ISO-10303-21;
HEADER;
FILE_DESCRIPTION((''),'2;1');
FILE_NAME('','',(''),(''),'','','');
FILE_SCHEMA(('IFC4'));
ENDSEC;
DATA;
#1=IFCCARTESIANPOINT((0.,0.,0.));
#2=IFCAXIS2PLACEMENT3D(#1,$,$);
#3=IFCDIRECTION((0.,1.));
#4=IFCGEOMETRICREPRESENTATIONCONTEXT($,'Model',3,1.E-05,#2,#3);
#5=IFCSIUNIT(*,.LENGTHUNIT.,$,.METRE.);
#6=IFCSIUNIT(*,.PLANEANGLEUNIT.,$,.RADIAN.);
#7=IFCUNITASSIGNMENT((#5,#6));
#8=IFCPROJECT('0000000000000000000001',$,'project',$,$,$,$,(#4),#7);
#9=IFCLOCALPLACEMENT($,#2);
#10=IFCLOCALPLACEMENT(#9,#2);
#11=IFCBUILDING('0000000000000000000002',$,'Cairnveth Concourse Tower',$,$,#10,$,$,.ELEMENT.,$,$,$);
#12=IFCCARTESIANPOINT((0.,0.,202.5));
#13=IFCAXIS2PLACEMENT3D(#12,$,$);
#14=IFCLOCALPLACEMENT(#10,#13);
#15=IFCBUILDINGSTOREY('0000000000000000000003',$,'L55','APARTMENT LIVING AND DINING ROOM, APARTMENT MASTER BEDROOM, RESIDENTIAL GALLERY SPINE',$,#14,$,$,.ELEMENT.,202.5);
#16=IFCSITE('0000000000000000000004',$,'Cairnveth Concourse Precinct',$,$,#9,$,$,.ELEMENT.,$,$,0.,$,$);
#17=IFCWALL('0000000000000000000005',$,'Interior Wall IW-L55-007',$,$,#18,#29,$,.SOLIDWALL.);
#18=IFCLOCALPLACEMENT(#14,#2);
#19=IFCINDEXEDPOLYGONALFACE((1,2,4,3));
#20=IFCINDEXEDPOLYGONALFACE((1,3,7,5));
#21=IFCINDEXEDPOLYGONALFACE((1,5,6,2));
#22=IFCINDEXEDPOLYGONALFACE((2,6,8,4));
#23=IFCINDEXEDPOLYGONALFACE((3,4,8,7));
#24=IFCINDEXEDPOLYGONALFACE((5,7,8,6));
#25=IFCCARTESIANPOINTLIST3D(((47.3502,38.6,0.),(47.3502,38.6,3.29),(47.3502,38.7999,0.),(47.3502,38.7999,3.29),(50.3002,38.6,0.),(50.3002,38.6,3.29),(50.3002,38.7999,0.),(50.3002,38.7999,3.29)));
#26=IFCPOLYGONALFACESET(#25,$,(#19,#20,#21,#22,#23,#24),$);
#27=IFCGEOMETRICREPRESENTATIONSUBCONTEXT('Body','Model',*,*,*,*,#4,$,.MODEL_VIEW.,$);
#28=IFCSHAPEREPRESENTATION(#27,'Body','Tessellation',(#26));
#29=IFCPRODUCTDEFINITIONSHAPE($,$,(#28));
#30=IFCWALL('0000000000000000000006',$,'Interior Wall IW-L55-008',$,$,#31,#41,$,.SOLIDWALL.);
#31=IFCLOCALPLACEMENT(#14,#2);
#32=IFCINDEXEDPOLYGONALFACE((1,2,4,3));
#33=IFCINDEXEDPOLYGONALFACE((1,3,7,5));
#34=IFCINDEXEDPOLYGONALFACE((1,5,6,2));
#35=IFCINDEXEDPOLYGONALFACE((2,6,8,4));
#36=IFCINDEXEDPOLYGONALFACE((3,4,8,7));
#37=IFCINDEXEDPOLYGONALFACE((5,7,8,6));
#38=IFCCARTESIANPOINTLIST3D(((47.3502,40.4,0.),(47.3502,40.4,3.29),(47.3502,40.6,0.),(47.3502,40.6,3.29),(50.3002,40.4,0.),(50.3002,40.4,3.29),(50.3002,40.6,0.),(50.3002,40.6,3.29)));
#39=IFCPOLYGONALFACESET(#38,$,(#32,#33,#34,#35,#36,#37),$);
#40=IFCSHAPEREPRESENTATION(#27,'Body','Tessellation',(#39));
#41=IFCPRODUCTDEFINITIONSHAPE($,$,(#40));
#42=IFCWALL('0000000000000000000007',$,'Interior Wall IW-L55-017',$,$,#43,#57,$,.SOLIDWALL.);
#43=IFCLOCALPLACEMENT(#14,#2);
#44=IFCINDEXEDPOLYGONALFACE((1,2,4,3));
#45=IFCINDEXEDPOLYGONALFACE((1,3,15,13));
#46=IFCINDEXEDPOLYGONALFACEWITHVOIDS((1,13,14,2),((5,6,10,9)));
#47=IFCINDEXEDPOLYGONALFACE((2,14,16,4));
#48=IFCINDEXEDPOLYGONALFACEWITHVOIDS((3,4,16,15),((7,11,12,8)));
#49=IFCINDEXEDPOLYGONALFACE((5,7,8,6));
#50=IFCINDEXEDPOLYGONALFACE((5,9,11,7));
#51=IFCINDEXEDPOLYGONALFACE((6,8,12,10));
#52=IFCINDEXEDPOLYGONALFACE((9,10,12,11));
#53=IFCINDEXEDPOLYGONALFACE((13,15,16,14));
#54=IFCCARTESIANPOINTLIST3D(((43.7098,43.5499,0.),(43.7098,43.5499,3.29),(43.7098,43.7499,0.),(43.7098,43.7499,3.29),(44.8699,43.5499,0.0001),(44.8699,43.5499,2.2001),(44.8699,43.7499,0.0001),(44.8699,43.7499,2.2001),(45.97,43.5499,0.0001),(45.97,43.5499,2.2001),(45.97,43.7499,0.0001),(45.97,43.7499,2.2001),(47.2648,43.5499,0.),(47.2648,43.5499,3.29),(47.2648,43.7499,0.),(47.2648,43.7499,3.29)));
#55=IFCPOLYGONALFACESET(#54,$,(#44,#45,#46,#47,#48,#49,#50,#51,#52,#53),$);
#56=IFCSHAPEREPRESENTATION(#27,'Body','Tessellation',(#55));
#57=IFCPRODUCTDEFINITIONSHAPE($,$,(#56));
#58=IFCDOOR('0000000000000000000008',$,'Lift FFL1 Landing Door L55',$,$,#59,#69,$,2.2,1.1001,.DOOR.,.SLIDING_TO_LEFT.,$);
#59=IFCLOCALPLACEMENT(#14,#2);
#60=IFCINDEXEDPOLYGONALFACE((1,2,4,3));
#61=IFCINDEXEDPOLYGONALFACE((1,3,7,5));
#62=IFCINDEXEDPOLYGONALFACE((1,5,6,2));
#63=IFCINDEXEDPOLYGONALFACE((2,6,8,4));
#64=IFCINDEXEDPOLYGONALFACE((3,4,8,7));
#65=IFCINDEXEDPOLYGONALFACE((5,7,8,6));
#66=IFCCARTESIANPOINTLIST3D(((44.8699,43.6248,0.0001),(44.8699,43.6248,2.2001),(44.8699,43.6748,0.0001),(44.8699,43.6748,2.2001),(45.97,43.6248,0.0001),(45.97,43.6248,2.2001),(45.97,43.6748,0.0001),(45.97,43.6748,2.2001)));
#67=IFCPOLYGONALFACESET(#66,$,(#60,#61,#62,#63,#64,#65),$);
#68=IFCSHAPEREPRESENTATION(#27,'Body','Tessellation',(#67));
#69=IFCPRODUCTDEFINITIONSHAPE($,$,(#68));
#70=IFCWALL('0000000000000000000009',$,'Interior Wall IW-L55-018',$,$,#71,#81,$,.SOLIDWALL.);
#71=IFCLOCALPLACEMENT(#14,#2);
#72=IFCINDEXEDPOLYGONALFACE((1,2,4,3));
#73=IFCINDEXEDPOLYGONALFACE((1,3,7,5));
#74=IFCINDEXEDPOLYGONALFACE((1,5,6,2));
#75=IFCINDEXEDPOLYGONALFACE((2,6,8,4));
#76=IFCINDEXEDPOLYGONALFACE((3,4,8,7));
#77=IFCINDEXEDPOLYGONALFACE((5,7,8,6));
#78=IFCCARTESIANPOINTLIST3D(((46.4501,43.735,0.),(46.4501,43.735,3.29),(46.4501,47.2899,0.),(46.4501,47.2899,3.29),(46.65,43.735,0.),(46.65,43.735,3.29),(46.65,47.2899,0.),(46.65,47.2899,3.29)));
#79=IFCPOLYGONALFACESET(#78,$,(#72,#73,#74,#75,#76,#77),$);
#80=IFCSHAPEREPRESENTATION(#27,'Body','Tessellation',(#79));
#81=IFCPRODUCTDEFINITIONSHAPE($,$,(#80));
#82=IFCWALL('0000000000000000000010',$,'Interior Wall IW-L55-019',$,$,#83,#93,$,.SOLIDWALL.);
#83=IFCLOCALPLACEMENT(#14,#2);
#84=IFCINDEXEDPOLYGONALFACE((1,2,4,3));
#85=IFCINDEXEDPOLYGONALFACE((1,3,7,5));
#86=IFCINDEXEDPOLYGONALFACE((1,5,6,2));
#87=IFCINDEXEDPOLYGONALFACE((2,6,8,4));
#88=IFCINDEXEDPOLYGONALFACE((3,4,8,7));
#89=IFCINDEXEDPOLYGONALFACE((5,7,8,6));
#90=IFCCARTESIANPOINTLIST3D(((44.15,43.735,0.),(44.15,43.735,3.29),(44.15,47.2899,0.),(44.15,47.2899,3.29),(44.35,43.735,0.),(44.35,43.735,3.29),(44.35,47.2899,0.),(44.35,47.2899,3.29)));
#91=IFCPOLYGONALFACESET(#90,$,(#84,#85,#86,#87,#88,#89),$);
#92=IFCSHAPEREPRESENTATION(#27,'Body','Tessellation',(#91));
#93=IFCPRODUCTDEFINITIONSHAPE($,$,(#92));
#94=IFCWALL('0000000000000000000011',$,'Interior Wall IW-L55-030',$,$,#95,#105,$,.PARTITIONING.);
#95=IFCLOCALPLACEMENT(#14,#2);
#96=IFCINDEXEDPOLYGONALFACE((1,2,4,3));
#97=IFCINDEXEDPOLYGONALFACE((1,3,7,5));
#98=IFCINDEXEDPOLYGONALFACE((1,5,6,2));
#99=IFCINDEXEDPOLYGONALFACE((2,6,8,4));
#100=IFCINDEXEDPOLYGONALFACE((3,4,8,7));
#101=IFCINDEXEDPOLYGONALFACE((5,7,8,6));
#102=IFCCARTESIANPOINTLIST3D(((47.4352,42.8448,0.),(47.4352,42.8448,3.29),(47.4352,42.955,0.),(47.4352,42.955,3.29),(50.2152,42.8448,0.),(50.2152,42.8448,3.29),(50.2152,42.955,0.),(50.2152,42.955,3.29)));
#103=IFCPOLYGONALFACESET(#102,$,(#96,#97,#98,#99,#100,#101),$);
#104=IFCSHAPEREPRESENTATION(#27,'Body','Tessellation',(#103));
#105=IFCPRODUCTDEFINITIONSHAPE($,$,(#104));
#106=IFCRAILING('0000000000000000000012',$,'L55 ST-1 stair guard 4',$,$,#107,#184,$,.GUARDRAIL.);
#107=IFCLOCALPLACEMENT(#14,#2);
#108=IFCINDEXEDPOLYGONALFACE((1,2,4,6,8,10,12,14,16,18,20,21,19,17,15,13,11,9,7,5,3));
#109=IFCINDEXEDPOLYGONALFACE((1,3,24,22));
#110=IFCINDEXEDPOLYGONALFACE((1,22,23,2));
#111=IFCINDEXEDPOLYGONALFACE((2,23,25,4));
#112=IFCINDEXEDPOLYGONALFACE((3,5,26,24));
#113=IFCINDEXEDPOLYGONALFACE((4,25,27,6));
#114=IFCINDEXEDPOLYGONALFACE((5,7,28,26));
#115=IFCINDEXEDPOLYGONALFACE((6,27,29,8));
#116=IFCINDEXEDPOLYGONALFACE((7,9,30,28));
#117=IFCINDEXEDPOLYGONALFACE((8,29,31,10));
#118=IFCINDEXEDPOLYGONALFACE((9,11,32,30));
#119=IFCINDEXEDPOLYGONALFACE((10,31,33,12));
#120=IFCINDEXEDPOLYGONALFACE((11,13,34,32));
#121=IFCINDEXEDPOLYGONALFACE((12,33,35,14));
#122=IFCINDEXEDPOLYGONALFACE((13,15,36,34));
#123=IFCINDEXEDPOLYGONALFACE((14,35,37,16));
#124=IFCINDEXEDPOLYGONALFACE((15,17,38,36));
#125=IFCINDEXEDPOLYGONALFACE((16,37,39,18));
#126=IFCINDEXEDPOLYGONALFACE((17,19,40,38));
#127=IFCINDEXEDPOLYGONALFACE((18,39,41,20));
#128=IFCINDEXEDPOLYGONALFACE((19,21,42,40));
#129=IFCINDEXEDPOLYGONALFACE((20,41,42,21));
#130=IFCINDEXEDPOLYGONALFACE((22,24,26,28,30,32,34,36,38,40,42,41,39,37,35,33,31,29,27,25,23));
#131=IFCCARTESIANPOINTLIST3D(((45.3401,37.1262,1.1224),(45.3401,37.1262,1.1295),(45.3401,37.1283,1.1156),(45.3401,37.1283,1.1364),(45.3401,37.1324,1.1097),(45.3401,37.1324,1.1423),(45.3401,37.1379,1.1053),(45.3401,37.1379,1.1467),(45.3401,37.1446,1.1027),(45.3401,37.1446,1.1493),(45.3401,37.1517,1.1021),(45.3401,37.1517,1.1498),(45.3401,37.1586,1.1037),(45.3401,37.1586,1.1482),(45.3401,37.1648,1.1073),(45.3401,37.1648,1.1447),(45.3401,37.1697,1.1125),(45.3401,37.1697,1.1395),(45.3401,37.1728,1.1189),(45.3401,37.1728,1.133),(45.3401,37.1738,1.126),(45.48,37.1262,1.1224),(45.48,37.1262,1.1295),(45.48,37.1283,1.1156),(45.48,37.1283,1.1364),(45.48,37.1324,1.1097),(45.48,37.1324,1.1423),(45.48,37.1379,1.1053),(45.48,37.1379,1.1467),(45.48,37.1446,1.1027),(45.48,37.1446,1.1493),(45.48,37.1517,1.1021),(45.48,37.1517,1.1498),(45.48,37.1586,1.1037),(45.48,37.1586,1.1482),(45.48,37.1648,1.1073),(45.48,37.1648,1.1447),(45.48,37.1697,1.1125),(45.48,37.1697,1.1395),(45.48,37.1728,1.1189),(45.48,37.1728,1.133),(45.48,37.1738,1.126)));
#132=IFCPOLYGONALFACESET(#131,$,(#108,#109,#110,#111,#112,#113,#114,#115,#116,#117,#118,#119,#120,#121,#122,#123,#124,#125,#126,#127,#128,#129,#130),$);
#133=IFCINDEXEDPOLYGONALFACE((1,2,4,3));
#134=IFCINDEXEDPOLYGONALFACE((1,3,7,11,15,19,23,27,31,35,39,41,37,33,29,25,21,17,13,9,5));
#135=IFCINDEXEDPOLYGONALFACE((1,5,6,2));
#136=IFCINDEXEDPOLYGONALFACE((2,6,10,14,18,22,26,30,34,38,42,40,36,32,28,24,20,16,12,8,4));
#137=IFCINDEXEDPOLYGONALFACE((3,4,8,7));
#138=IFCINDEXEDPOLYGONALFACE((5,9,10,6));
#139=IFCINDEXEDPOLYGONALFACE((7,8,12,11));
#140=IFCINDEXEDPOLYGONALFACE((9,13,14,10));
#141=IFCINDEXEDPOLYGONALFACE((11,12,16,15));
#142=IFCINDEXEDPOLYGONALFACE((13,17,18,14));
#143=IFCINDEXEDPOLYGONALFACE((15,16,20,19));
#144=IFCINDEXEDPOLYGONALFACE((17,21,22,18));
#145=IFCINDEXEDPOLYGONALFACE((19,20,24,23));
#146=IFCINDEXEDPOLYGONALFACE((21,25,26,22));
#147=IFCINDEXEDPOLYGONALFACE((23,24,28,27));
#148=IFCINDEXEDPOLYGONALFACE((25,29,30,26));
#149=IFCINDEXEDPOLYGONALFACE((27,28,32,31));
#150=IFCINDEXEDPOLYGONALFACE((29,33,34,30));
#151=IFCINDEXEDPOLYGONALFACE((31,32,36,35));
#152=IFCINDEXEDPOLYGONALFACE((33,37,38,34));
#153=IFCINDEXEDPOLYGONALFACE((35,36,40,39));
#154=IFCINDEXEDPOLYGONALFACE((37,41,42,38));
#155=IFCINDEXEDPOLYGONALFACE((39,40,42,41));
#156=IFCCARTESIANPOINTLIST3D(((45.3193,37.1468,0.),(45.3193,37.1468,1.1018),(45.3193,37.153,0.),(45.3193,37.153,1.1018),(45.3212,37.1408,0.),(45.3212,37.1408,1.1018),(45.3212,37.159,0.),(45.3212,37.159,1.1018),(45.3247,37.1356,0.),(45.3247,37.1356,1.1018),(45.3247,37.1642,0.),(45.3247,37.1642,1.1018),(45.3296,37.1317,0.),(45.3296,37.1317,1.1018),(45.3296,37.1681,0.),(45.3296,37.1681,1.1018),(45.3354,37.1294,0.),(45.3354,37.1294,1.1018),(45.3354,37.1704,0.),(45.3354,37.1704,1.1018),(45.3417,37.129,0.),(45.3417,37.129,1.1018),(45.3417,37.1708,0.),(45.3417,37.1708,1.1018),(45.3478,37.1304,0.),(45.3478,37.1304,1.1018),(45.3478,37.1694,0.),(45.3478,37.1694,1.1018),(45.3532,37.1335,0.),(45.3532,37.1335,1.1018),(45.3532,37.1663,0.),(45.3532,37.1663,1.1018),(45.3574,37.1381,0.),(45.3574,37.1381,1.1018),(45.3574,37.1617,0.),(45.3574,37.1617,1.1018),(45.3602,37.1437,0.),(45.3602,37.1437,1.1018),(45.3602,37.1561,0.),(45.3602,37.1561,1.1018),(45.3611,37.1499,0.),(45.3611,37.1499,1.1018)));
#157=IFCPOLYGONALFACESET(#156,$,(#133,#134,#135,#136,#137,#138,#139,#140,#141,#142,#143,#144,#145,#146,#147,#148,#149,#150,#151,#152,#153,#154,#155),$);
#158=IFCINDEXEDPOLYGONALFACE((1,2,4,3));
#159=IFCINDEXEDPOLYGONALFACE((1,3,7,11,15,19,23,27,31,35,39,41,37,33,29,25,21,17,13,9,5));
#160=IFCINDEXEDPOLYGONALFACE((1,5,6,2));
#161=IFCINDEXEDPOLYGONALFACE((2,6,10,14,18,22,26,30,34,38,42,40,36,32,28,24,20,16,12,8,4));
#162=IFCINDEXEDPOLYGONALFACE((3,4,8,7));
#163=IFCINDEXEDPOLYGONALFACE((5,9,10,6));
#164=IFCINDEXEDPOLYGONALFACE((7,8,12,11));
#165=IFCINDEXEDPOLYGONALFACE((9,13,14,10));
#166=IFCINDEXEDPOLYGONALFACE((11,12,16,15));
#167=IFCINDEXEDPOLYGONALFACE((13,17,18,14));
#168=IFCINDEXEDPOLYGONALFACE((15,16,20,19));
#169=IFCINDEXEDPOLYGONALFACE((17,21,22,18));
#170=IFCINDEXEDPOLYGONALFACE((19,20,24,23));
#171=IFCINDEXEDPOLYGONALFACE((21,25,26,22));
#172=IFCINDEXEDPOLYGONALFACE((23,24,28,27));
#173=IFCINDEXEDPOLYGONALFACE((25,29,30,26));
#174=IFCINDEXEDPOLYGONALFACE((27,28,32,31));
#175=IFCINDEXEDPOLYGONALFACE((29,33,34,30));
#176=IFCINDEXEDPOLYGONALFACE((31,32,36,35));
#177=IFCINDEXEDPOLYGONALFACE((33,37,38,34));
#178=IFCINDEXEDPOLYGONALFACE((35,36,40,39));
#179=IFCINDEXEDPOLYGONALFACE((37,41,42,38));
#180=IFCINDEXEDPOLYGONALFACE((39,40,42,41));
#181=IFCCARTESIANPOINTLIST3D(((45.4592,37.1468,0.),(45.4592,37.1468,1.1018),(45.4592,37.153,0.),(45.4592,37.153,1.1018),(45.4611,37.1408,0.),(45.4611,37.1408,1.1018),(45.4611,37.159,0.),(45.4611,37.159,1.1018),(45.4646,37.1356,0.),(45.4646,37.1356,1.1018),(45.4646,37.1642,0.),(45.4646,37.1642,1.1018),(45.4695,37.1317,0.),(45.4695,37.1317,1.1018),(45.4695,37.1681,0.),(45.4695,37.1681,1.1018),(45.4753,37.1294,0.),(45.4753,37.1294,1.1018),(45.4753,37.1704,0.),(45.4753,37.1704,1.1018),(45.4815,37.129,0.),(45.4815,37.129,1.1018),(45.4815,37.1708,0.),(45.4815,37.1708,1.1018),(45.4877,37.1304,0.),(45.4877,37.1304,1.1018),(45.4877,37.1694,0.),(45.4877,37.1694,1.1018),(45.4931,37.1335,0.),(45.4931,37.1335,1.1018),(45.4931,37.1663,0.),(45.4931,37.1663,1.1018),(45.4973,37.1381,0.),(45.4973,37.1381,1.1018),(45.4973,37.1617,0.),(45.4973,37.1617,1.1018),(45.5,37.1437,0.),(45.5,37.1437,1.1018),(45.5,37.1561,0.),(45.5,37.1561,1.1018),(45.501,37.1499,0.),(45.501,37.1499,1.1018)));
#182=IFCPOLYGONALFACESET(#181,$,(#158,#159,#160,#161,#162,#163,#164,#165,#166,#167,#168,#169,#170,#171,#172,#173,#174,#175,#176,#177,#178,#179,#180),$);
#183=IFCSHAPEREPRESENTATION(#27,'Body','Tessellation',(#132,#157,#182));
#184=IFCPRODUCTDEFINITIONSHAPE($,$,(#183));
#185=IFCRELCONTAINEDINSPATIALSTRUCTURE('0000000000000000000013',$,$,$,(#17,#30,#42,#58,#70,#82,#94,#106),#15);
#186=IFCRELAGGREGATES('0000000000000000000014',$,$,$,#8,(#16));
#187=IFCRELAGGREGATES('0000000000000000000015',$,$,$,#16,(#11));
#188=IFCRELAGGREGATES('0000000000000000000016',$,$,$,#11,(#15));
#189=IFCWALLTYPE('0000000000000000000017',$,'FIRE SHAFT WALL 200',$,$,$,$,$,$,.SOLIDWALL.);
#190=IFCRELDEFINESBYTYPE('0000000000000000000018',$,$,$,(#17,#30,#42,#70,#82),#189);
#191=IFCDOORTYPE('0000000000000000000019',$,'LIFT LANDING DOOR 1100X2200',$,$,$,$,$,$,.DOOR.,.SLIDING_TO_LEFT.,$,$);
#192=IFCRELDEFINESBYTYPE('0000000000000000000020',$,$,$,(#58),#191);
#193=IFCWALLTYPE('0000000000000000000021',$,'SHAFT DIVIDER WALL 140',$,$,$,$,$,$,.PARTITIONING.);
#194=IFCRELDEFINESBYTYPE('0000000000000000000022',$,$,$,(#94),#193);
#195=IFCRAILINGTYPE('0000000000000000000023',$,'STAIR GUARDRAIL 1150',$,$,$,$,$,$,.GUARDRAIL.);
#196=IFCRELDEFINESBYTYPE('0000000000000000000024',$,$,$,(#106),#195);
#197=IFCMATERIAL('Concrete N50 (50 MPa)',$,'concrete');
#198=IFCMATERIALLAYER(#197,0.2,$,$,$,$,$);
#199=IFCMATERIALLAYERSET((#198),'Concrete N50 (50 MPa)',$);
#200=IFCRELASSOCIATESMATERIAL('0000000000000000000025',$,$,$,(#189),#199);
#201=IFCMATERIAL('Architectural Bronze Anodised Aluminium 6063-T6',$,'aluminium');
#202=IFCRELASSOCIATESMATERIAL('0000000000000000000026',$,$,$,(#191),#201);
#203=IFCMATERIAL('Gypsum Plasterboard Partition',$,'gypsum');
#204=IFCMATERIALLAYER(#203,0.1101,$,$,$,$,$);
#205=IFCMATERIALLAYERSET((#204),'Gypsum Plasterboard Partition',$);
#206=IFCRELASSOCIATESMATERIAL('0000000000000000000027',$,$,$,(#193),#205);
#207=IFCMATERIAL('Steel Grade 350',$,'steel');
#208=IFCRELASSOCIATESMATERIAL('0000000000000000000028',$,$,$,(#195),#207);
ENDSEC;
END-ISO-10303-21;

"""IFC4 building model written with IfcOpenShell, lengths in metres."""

from ifc_helpers import new_model, si_unit, direction, frame, frame_2d, origin, origin_2d, place, context, subcontext, project, spatial, rectangle, circle, extrude, material, layer, layer_set, type_object, element, fill, save


model = new_model("IFC4")

# Units and contexts
model_context = context("Model", 3, precision=1e-05, world=origin(), true_north=direction((0.0, 1.0)))
body_context = subcontext(model_context, "Body", "Model", "MODEL_VIEW")
ifc_project = project(units=[si_unit("LENGTHUNIT", "METRE"), si_unit("PLANEANGLEUNIT", "RADIAN")], contexts=[model_context])

# Site, building, storey
site_placement = place(None, origin())
site = spatial("IfcSite", under=ifc_project, at=site_placement, Name="Cairnveth Concourse Precinct", CompositionType="ELEMENT", RefElevation=0.0)
building_placement = place(site_placement, origin())
building = spatial("IfcBuilding", under=site, at=building_placement, Name="Cairnveth Concourse Tower", CompositionType="ELEMENT")
storey_placement = place(building_placement, frame((0.0, 0.0, 202.5)))
storey = spatial("IfcBuildingStorey", under=building, at=storey_placement, Name="L55", Description="APARTMENT LIVING AND DINING ROOM, APARTMENT MASTER BEDROOM, RESIDENTIAL GALLERY SPINE", CompositionType="ELEMENT", Elevation=202.5)

# Shared definitions
ifc_material_1 = material(Name="Steel Grade 350", Category="steel")

# Shared definitions
ifc_material_2 = material(Name="Concrete N50 (50 MPa)", Category="concrete")

# Walls
ifc_layer_1 = layer(ifc_material_2, 0.2)
ifc_layer_set_1 = layer_set([ifc_layer_1], Name="Concrete N50 (50 MPa)")
wall_type_1 = type_object("IfcWallType", Name="FIRE SHAFT WALL 200", PredefinedType="SOLIDWALL", material=ifc_layer_set_1)
for number, where, z_axis, x_axis, name in (
    (1, (47.3501, 38.7, 0.0), (0.0, 0.0, 1.0), (1.0, 0.0, 0.0), "Interior Wall IW-L55-007"),
    (2, (47.3501, 40.5, 0.0), (0.0, 0.0, 1.0), (1.0, 0.0, 0.0), "Interior Wall IW-L55-008"),
):
    element("IfcWall", number, at=place(storey_placement, frame(where, z_axis=z_axis, x_axis=x_axis)), inside=storey, type_object=wall_type_1, Name=name, PredefinedType="SOLIDWALL", context=body_context, shape_type="SweptSolid", body=[
        extrude(rectangle(XDim=2.95, YDim=0.2, at=frame_2d((1.4751, 0.0))), origin(), (0.0, 0.0, 1.0), 3.29),
    ])

# Wall, opening, door
wall_1_placement = place(storey_placement, frame((43.71, 43.6499, 0.0), z_axis=(0.0, 0.0, 1.0), x_axis=(1.0, 0.0, 0.0)))
wall_1 = element("IfcWall", 3, at=wall_1_placement, inside=storey, type_object=wall_type_1, Name="Interior Wall IW-L55-017", PredefinedType="SOLIDWALL", context=body_context, shape_type="SweptSolid", body=[
    extrude(rectangle(XDim=3.5549, YDim=0.2, at=frame_2d((1.7773, 0.0))), origin(), (0.0, 0.0, 1.0), 3.29),
])
opening_1_placement = place(wall_1_placement, frame((1.1599, 0.0, 0.0)))
opening_1 = element("IfcOpeningElement", 4, at=opening_1_placement, cuts=wall_1, PredefinedType="OPENING", context=body_context, shape_type="SweptSolid", body=[
    extrude(rectangle(XDim=1.1001, YDim=2.2, at=frame_2d((0.55, 1.1001))), frame((0.0, 0.1099, 0.0), z_axis=(0.0, -1.0, 0.0), x_axis=(1.0, 0.0, 0.0)), (0.0, 0.0, 1.0), 0.22),
])
ifc_material_3 = material(Name="Architectural Bronze Anodised Aluminium 6063-T6", Category="aluminium")
door_type_1 = type_object("IfcDoorType", Name="LIFT LANDING DOOR 1100X2200", OperationType="SLIDING_TO_LEFT", PredefinedType="DOOR", material=ifc_material_3)
door_1_placement = place(opening_1_placement, origin())
door_1 = element("IfcDoor", 5, at=door_1_placement, inside=storey, type_object=door_type_1, Name="Lift FFL1 Landing Door L55", OperationType="SLIDING_TO_LEFT", OverallHeight=2.2, OverallWidth=1.1001, PredefinedType="DOOR", context=body_context, shape_type="SweptSolid", body=[
    extrude(rectangle(XDim=1.1001, YDim=2.2, at=frame_2d((0.55, 1.1001))), frame((0.0, 0.0249, 0.0), z_axis=(0.0, -1.0, 0.0), x_axis=(1.0, 0.0, 0.0)), (0.0, 0.0, 1.0), 0.05),
])
fill(opening_1, door_1)

# Walls
for number, where, z_axis, x_axis, name in (
    (6, (46.55, 43.7351, 0.0), (0.0, 0.0, 1.0), (0.0, 1.0, 0.0), "Interior Wall IW-L55-018"),
    (7, (44.25, 43.7351, 0.0), (0.0, 0.0, 1.0), (0.0, 1.0, 0.0), "Interior Wall IW-L55-019"),
):
    element("IfcWall", number, at=place(storey_placement, frame(where, z_axis=z_axis, x_axis=x_axis)), inside=storey, type_object=wall_type_1, Name=name, PredefinedType="SOLIDWALL", context=body_context, shape_type="SweptSolid", body=[
        extrude(rectangle(XDim=3.5549, YDim=0.2, at=frame_2d((1.7773, 0.0))), origin(), (0.0, 0.0, 1.0), 3.29),
    ])
ifc_material_4 = material(Name="Gypsum Plasterboard Partition", Category="gypsum")
ifc_layer_2 = layer(ifc_material_4, 0.1101)
ifc_layer_set_2 = layer_set([ifc_layer_2], Name="Gypsum Plasterboard Partition")
wall_type_2 = type_object("IfcWallType", Name="SHAFT DIVIDER WALL 140", PredefinedType="PARTITIONING", material=ifc_layer_set_2)
wall_2_placement = place(storey_placement, frame((47.4351, 42.8999, 0.0), z_axis=(0.0, 0.0, 1.0), x_axis=(1.0, 0.0, 0.0)))
element("IfcWall", 8, at=wall_2_placement, inside=storey, type_object=wall_type_2, Name="Interior Wall IW-L55-030", PredefinedType="PARTITIONING", context=body_context, shape_type="SweptSolid", body=[
    extrude(rectangle(XDim=2.78, YDim=0.1101, at=frame_2d((1.3901, 0.0))), origin(), (0.0, 0.0, 1.0), 3.29),
])

# Railing
railing_type = type_object("IfcRailingType", Name="STAIR GUARDRAIL 1150", PredefinedType="GUARDRAIL", material=ifc_material_1)
railing_placement = place(storey_placement, frame((45.3401, 37.1499, 0.0)))
element("IfcRailing", 9, at=railing_placement, inside=storey, type_object=railing_type, Name="L55 ST-1 stair guard 4", PredefinedType="GUARDRAIL", context=body_context, shape_type="SweptSolid", body=[
    extrude(circle(Radius=0.0239, at=origin_2d()), frame((0.0, 0.0, 1.126), z_axis=(1.0, 0.0, 0.0), x_axis=(0.0, 1.0, 0.0)), (0.0, 0.0, 1.0), 0.1399),
    extrude(circle(Radius=0.021, at=origin_2d()), origin(), (0.0, 0.0, 1.0), 1.1018),
    extrude(circle(Radius=0.021, at=origin_2d()), frame((0.1399, 0.0, 0.0)), (0.0, 0.0, 1.0), 1.1018),
])

save(model, "model.ifc")
